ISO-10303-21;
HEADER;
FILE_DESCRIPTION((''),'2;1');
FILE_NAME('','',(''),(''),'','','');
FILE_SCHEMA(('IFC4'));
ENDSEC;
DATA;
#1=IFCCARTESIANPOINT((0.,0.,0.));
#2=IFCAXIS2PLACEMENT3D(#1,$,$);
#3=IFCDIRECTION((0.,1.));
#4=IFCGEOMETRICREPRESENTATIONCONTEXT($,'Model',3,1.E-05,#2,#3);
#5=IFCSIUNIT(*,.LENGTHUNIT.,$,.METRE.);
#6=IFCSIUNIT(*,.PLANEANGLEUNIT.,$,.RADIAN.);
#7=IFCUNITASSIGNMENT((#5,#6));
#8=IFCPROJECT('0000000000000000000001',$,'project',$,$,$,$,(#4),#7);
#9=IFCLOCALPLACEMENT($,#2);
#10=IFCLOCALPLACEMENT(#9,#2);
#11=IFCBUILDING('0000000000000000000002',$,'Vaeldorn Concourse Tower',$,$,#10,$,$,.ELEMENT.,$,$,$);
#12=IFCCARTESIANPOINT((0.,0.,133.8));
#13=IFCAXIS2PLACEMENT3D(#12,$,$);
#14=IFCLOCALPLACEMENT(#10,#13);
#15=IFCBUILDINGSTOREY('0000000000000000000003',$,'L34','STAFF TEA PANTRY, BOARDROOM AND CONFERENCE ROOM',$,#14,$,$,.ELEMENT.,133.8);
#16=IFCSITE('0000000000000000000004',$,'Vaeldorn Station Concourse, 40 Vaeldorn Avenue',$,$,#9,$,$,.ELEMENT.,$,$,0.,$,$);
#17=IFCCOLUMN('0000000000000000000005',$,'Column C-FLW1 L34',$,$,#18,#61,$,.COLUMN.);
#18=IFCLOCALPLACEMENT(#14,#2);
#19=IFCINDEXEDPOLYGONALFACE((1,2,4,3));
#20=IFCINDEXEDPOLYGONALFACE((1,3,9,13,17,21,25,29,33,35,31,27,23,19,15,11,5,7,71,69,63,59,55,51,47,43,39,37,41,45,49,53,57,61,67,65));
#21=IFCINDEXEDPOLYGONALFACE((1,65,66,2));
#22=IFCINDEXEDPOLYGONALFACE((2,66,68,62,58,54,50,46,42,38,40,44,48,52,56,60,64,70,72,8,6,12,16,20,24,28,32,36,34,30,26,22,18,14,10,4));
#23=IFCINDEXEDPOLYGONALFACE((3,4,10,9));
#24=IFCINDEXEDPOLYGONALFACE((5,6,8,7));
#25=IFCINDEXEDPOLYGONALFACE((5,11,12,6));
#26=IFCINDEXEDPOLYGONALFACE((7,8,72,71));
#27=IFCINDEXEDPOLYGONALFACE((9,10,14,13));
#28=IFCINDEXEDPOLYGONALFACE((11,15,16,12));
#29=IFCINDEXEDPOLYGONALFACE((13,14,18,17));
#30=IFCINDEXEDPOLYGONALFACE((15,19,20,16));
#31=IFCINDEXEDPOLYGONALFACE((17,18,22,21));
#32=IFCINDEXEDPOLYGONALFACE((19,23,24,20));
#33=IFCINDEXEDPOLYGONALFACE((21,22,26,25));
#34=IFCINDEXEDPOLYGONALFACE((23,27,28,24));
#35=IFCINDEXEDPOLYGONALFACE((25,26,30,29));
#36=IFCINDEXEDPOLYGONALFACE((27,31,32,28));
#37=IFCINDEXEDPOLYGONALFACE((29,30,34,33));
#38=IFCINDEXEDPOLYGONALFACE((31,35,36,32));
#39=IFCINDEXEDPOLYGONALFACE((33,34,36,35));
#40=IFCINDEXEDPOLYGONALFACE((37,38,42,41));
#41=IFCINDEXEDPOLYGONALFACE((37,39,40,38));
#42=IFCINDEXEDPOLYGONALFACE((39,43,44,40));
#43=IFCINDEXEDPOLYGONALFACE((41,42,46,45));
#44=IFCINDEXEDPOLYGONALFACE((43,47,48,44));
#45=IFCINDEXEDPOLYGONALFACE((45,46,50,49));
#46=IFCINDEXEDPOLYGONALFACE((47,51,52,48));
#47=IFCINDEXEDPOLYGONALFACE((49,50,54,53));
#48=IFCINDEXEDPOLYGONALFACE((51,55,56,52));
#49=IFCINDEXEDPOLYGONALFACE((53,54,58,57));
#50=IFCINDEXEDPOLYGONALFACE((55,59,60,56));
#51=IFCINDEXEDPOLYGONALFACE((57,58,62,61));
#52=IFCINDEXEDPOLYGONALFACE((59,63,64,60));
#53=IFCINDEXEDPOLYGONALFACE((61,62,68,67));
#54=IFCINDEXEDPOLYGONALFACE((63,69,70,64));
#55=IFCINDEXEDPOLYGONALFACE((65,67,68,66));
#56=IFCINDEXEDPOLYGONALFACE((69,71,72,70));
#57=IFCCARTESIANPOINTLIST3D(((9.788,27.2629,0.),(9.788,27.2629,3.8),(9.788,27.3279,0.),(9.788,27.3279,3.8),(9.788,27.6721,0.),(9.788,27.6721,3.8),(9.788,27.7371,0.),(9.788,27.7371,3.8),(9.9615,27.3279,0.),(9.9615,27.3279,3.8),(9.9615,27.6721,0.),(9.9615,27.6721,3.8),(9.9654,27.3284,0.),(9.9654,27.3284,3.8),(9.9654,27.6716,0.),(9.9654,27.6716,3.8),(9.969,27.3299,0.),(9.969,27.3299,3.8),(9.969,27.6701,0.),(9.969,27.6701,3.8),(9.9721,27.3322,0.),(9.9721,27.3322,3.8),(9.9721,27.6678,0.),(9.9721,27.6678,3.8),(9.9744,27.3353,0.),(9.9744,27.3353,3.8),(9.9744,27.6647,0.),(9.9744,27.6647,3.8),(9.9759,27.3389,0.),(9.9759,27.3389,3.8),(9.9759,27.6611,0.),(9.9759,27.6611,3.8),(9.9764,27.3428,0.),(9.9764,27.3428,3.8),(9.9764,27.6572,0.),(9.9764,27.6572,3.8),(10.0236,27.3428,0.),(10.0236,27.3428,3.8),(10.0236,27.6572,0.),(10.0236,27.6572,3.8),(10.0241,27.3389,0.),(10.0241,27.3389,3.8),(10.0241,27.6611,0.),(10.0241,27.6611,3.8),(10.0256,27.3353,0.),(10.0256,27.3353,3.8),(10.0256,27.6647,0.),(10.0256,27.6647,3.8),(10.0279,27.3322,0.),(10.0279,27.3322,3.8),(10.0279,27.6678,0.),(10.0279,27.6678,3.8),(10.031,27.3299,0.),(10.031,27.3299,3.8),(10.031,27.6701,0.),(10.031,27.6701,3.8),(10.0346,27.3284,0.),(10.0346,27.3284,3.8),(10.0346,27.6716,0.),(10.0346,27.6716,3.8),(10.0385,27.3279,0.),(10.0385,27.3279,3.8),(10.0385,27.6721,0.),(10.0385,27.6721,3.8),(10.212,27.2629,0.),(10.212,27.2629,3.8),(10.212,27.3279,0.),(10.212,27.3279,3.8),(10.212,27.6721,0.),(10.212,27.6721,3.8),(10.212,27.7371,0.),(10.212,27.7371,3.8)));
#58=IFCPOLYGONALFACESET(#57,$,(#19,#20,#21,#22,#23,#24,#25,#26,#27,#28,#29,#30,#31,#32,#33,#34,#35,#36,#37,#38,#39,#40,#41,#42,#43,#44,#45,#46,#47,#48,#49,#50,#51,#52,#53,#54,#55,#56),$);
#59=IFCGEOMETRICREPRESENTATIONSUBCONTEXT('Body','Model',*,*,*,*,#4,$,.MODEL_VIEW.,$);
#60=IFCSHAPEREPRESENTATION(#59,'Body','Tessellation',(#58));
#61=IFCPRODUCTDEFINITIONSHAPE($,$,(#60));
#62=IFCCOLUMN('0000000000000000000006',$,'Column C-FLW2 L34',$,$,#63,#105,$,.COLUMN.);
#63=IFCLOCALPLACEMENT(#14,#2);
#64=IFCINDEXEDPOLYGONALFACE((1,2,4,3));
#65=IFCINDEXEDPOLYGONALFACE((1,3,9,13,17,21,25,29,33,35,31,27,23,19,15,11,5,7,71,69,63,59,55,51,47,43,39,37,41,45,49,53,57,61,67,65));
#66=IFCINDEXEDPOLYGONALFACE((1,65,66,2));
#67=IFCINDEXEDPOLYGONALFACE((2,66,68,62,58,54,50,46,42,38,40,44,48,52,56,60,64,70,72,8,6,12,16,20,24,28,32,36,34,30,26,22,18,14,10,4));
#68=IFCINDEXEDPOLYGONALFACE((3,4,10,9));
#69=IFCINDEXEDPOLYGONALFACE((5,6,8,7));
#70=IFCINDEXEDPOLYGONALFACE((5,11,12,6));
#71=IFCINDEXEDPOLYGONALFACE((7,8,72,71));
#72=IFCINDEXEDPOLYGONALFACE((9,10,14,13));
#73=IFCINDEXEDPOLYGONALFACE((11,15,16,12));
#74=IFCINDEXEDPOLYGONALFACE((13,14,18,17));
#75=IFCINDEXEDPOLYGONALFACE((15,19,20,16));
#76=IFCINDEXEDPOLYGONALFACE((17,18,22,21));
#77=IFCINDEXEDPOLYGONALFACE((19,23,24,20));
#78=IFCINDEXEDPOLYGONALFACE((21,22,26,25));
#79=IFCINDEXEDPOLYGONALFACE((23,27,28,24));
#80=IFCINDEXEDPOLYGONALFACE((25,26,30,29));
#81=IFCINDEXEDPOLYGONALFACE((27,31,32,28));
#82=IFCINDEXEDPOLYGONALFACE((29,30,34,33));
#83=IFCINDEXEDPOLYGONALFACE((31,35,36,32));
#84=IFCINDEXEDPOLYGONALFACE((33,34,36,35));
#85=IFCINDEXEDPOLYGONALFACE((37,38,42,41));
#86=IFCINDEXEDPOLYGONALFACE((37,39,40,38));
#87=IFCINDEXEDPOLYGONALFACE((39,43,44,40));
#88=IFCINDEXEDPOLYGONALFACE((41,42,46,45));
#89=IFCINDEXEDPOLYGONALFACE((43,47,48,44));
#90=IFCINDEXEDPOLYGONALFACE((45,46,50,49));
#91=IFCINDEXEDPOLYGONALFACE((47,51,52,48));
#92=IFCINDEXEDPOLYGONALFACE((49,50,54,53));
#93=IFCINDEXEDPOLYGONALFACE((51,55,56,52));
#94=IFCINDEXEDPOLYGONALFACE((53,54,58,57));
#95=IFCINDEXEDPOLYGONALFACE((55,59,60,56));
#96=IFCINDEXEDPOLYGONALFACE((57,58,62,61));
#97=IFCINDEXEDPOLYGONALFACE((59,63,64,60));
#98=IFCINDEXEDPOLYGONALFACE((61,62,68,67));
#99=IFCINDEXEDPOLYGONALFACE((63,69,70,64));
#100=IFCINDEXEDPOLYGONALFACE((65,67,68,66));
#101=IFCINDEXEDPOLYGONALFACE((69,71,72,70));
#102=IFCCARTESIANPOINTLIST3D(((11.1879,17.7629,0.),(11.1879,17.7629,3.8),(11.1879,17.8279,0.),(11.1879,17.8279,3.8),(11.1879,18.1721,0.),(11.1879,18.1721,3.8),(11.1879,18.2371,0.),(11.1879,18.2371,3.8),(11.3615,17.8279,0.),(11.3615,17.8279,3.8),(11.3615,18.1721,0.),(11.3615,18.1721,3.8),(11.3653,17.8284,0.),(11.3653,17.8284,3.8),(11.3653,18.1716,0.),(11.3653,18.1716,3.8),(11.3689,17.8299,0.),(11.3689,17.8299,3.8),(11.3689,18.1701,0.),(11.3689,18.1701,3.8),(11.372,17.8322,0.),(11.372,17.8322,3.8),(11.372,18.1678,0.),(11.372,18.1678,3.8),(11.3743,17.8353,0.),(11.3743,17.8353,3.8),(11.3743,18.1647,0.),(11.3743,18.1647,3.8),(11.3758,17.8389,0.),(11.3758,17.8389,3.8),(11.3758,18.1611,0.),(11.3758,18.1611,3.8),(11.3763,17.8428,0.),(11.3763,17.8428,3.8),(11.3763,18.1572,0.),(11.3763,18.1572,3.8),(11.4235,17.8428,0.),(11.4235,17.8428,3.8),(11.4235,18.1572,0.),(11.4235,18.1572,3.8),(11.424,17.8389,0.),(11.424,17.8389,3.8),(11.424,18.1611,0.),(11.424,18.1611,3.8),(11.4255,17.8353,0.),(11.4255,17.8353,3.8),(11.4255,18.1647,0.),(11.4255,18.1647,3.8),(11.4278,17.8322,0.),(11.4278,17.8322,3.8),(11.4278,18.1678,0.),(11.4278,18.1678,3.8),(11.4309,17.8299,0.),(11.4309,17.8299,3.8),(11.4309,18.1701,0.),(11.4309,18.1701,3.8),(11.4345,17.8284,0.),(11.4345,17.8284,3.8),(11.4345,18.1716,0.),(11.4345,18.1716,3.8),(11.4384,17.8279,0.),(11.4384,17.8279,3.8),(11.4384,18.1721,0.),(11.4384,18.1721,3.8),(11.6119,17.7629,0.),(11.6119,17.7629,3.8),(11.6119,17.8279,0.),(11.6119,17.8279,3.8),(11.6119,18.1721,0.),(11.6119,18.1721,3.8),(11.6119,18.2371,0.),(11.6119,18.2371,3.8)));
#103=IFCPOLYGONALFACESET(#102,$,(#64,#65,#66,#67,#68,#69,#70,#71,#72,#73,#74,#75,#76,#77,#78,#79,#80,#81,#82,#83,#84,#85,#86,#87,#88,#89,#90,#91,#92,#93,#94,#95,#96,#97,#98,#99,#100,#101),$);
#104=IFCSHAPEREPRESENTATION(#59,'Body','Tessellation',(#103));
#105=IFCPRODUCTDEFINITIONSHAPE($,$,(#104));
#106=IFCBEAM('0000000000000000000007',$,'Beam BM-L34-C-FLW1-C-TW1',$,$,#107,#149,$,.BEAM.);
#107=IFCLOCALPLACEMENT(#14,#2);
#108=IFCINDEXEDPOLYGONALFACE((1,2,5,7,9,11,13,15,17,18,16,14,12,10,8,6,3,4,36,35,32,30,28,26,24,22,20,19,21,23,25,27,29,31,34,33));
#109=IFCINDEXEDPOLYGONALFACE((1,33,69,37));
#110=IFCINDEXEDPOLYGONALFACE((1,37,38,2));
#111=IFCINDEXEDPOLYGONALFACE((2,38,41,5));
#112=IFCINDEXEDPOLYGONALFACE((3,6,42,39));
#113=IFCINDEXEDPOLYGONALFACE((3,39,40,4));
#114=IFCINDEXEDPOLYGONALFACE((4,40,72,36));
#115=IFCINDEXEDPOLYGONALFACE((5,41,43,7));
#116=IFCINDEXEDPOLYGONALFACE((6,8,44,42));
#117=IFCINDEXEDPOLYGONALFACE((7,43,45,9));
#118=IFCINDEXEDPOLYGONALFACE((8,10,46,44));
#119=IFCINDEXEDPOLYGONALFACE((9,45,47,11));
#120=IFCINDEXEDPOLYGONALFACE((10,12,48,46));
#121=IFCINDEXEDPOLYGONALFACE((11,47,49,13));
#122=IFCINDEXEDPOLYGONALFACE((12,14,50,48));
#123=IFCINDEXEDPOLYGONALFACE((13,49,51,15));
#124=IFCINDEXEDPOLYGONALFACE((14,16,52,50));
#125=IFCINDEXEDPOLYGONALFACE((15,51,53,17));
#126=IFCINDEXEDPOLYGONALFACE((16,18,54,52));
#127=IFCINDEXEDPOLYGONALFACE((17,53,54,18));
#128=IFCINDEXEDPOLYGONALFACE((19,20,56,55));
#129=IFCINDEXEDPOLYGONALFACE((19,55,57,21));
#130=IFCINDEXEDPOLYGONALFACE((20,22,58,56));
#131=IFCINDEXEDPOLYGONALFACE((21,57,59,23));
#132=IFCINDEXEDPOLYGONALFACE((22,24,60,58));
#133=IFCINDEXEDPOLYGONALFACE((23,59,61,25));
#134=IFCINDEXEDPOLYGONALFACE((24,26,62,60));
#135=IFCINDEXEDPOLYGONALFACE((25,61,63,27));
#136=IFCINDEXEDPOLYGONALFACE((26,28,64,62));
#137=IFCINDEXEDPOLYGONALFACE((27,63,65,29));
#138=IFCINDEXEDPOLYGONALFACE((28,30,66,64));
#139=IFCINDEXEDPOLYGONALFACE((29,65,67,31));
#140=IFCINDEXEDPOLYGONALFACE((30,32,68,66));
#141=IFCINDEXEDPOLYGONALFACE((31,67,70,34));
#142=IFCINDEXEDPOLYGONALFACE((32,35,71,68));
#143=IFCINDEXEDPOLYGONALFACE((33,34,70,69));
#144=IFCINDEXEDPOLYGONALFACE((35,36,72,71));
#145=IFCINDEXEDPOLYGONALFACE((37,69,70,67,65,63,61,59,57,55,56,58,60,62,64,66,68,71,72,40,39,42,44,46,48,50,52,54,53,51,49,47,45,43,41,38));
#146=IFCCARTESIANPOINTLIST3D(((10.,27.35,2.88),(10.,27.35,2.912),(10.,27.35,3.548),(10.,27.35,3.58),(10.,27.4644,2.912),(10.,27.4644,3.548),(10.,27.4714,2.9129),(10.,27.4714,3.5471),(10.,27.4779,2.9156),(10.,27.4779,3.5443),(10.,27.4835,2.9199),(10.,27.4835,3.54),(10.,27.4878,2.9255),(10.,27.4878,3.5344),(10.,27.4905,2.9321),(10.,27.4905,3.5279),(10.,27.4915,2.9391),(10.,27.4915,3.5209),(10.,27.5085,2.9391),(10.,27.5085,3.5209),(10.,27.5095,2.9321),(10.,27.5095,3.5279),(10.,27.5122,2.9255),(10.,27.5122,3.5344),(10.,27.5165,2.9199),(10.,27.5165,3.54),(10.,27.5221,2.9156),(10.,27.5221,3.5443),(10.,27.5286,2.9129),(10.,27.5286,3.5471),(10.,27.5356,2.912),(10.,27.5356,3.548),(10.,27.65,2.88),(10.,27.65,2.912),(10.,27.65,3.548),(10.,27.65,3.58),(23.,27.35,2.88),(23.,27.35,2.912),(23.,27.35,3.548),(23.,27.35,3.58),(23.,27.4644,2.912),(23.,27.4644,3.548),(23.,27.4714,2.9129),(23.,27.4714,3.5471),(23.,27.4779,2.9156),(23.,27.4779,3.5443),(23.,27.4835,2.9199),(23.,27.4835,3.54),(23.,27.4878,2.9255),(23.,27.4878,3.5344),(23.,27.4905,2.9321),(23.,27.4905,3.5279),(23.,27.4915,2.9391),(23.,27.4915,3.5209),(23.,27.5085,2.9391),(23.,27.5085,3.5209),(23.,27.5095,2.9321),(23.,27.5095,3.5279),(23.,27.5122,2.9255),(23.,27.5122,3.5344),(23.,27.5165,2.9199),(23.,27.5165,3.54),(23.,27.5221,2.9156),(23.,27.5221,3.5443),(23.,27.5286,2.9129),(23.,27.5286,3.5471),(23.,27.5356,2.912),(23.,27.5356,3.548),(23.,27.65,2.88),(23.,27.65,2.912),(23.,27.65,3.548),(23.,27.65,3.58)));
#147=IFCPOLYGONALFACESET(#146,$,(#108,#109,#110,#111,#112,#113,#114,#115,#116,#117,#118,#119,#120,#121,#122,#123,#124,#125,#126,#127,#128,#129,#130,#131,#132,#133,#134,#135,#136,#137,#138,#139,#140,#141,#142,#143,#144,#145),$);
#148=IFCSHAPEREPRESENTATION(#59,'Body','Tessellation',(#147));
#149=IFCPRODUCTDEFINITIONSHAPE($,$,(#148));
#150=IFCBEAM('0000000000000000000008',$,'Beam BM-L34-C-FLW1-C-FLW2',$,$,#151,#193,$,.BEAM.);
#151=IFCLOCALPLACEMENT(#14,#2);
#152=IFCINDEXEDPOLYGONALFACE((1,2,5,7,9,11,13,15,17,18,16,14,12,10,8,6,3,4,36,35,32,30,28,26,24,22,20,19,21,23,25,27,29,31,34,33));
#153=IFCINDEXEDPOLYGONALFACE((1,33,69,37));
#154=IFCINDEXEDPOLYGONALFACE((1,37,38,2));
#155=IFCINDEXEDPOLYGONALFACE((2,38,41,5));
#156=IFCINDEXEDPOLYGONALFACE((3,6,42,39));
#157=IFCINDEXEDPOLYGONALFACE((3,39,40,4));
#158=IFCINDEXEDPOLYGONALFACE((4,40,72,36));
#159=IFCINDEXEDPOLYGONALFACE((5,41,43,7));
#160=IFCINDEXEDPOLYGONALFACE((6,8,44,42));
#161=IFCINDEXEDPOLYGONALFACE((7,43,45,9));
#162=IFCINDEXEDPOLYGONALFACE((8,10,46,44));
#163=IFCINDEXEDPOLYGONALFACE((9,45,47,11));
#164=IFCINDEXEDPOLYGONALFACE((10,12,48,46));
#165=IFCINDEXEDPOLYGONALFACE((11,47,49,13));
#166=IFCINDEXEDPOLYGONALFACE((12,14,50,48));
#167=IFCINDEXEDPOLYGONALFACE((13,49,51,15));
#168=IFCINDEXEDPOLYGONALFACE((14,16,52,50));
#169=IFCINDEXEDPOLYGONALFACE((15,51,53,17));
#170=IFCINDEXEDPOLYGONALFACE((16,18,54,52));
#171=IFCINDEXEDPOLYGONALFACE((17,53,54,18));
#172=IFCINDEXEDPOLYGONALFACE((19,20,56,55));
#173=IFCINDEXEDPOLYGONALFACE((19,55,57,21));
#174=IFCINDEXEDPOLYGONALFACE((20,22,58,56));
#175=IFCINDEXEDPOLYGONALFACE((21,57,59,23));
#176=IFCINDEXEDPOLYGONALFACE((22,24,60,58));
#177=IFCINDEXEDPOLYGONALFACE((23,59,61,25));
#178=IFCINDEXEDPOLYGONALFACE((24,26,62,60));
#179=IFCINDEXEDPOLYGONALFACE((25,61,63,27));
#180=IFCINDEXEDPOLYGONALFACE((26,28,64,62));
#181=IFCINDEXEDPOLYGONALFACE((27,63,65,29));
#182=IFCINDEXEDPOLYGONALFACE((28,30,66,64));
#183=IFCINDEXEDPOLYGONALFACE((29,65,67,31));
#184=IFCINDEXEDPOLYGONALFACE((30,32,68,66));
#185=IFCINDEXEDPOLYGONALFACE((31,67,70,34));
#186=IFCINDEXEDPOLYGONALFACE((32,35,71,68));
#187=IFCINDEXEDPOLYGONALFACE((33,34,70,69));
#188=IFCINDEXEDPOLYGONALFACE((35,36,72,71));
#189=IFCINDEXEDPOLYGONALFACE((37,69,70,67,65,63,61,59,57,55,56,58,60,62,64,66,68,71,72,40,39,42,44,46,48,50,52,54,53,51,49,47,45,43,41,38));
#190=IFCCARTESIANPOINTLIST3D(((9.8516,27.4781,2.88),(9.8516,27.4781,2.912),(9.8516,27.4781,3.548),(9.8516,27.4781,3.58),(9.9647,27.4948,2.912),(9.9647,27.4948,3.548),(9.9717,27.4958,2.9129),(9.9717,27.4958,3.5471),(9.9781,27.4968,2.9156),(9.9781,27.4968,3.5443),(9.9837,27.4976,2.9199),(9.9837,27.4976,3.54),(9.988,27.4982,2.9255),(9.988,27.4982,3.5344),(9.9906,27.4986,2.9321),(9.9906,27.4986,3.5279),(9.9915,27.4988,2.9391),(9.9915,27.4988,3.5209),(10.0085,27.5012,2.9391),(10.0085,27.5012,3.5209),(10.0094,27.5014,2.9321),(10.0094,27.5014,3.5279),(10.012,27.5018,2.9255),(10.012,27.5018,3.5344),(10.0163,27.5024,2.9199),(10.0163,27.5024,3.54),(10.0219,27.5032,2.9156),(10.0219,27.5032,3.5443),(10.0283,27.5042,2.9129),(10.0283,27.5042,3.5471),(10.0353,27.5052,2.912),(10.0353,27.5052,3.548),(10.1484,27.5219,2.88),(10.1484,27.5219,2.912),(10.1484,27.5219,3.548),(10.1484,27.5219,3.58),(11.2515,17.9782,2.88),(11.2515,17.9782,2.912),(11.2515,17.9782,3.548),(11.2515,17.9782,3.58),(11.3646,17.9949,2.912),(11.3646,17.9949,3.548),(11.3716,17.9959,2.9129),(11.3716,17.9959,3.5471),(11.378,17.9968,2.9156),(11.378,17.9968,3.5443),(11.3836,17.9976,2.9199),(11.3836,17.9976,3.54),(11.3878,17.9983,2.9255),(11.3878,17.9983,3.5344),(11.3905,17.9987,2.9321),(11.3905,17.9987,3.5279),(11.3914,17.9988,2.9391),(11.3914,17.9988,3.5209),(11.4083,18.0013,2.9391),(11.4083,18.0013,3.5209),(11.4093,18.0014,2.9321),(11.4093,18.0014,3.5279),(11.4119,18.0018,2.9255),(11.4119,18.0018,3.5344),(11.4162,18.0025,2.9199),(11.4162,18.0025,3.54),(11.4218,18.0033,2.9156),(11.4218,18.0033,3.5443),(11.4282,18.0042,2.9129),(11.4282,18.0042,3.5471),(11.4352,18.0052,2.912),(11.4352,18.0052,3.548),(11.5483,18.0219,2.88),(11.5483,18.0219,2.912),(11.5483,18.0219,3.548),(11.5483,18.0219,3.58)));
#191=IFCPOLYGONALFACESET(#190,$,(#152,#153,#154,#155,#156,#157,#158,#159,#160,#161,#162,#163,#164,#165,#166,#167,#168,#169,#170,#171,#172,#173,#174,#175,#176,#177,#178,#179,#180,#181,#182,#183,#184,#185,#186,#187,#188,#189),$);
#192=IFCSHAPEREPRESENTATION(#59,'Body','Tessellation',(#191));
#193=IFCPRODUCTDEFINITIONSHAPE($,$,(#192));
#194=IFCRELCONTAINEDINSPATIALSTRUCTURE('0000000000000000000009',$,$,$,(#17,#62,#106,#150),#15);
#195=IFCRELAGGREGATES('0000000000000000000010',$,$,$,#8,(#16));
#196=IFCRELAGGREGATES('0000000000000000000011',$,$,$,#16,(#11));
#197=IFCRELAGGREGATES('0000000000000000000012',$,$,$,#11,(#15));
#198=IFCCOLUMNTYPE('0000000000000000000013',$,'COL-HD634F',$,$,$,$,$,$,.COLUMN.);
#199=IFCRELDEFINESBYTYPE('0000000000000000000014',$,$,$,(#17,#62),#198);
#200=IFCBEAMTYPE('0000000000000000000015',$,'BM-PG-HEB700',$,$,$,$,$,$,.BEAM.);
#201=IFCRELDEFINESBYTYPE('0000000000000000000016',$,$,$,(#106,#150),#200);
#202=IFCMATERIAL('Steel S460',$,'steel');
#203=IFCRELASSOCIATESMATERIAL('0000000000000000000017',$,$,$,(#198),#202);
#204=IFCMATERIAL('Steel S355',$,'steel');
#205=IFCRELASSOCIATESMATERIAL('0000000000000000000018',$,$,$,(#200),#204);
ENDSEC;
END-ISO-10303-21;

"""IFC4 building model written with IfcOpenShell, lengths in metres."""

from ifc_helpers import new_model, si_unit, direction, frame, origin, origin_2d, place, context, subcontext, project, spatial, i_section, extrude, source, transform, mapped, material, material_profile, profile_set, type_object, element, save


model = new_model("IFC4")

# Units and contexts
model_context = context("Model", 3, precision=1e-05, world=origin(), true_north=direction((0.0, 1.0)))
body_context = subcontext(model_context, "Body", "Model", "MODEL_VIEW")
ifc_project = project(units=[si_unit("LENGTHUNIT", "METRE"), si_unit("PLANEANGLEUNIT", "RADIAN")], contexts=[model_context])

# Site, building, storey
site_placement = place(None, origin())
site = spatial("IfcSite", under=ifc_project, at=site_placement, Name="Vaeldorn Station Concourse, 40 Vaeldorn Avenue", CompositionType="ELEMENT", RefElevation=0.0)
building_placement = place(site_placement, origin())
building = spatial("IfcBuilding", under=site, at=building_placement, Name="Vaeldorn Concourse Tower", CompositionType="ELEMENT")
storey_placement = place(building_placement, frame((0.0, 0.0, 133.8)))
storey = spatial("IfcBuildingStorey", under=building, at=storey_placement, Name="L34", Description="STAFF TEA PANTRY, BOARDROOM AND CONFERENCE ROOM", CompositionType="ELEMENT", Elevation=133.8)

# Columns
ifc_material_1 = material(Name="Steel S460", Category="steel")
ifc_material_profile_1 = material_profile(ifc_material_1, i_section(OverallWidth=0.4241, OverallDepth=0.4741, WebThickness=0.0471, FlangeThickness=0.0649, FilletRadius=0.0149, at=origin_2d()), Name="HD 400x634")
ifc_profile_set_1 = profile_set([ifc_material_profile_1], Name="Steel S460")
column_type = type_object("IfcColumnType", Name="COL-HD634F", PredefinedType="COLUMN", material=ifc_profile_set_1)
shared_shape_1 = source(origin(), body_context, "Body", "SweptSolid", [
    extrude(i_section(OverallWidth=0.4241, OverallDepth=0.4741, WebThickness=0.0471, FlangeThickness=0.0649, FilletRadius=0.0149, at=origin_2d()), origin(), (0.0, 0.0, 1.0), 3.8),
])
for number, where, z_axis, x_axis, name in (
    (1, (10.0, 27.5, 0.0), (0.0, 0.0, 1.0), (1.0, 0.0, 0.0), "Column C-FLW1 L34"),
    (2, (11.3999, 18.0, 0.0), (0.0, 0.0, 1.0), (1.0, 0.0, 0.0), "Column C-FLW2 L34"),
):
    element("IfcColumn", number, at=place(storey_placement, frame(where, z_axis=z_axis, x_axis=x_axis)), inside=storey, type_object=column_type, Name=name, PredefinedType="COLUMN", context=body_context, shape_type="MappedRepresentation", body=[
        mapped(shared_shape_1, transform((0.0, 0.0, 0.0), scale=1.0)),
    ])

# Beams
ifc_material_2 = material(Name="Steel S355", Category="steel")
ifc_material_profile_2 = material_profile(ifc_material_2, i_section(OverallWidth=0.3, OverallDepth=0.7, WebThickness=0.0171, FlangeThickness=0.032, FilletRadius=0.0271, at=origin_2d()), Name="HEB 700")
ifc_profile_set_2 = profile_set([ifc_material_profile_2], Name="Steel S355")
beam_type_1 = type_object("IfcBeamType", Name="BM-PG-HEB700", PredefinedType="BEAM", material=ifc_profile_set_2)
shared_shape_2 = source(origin(), body_context, "Body", "SweptSolid", [
    extrude(i_section(OverallWidth=0.3, OverallDepth=0.7, WebThickness=0.0171, FlangeThickness=0.032, FilletRadius=0.0271, at=origin_2d()), origin(), (0.0, 0.0, 1.0), 13.0),
])
beam_1_placement = place(storey_placement, frame((10.0, 27.5, 3.23), z_axis=(1.0, 0.0, 0.0), x_axis=(0.0, 1.0, 0.0)))
element("IfcBeam", 3, at=beam_1_placement, inside=storey, type_object=beam_type_1, Name="Beam BM-L34-C-FLW1-C-TW1", PredefinedType="BEAM", context=body_context, shape_type="MappedRepresentation", body=[
    mapped(shared_shape_2, transform((0.0, 0.0, 0.0), scale=1.0)),
])
shared_shape_3 = source(origin(), body_context, "Body", "SweptSolid", [
    extrude(i_section(OverallWidth=0.3, OverallDepth=0.7, WebThickness=0.0171, FlangeThickness=0.032, FilletRadius=0.0271, at=origin_2d()), origin(), (0.0, 0.0, 1.0), 9.6025),
])
beam_2_placement = place(storey_placement, frame((10.0, 27.5, 3.23), z_axis=(0.145784, -0.989316, 0.0), x_axis=(0.989316, 0.145784, 0.0)))
element("IfcBeam", 4, at=beam_2_placement, inside=storey, type_object=beam_type_1, Name="Beam BM-L34-C-FLW1-C-FLW2", PredefinedType="BEAM", context=body_context, shape_type="MappedRepresentation", body=[
    mapped(shared_shape_3, transform((0.0, 0.0, 0.0), scale=1.0)),
])

save(model, "model.ifc")
